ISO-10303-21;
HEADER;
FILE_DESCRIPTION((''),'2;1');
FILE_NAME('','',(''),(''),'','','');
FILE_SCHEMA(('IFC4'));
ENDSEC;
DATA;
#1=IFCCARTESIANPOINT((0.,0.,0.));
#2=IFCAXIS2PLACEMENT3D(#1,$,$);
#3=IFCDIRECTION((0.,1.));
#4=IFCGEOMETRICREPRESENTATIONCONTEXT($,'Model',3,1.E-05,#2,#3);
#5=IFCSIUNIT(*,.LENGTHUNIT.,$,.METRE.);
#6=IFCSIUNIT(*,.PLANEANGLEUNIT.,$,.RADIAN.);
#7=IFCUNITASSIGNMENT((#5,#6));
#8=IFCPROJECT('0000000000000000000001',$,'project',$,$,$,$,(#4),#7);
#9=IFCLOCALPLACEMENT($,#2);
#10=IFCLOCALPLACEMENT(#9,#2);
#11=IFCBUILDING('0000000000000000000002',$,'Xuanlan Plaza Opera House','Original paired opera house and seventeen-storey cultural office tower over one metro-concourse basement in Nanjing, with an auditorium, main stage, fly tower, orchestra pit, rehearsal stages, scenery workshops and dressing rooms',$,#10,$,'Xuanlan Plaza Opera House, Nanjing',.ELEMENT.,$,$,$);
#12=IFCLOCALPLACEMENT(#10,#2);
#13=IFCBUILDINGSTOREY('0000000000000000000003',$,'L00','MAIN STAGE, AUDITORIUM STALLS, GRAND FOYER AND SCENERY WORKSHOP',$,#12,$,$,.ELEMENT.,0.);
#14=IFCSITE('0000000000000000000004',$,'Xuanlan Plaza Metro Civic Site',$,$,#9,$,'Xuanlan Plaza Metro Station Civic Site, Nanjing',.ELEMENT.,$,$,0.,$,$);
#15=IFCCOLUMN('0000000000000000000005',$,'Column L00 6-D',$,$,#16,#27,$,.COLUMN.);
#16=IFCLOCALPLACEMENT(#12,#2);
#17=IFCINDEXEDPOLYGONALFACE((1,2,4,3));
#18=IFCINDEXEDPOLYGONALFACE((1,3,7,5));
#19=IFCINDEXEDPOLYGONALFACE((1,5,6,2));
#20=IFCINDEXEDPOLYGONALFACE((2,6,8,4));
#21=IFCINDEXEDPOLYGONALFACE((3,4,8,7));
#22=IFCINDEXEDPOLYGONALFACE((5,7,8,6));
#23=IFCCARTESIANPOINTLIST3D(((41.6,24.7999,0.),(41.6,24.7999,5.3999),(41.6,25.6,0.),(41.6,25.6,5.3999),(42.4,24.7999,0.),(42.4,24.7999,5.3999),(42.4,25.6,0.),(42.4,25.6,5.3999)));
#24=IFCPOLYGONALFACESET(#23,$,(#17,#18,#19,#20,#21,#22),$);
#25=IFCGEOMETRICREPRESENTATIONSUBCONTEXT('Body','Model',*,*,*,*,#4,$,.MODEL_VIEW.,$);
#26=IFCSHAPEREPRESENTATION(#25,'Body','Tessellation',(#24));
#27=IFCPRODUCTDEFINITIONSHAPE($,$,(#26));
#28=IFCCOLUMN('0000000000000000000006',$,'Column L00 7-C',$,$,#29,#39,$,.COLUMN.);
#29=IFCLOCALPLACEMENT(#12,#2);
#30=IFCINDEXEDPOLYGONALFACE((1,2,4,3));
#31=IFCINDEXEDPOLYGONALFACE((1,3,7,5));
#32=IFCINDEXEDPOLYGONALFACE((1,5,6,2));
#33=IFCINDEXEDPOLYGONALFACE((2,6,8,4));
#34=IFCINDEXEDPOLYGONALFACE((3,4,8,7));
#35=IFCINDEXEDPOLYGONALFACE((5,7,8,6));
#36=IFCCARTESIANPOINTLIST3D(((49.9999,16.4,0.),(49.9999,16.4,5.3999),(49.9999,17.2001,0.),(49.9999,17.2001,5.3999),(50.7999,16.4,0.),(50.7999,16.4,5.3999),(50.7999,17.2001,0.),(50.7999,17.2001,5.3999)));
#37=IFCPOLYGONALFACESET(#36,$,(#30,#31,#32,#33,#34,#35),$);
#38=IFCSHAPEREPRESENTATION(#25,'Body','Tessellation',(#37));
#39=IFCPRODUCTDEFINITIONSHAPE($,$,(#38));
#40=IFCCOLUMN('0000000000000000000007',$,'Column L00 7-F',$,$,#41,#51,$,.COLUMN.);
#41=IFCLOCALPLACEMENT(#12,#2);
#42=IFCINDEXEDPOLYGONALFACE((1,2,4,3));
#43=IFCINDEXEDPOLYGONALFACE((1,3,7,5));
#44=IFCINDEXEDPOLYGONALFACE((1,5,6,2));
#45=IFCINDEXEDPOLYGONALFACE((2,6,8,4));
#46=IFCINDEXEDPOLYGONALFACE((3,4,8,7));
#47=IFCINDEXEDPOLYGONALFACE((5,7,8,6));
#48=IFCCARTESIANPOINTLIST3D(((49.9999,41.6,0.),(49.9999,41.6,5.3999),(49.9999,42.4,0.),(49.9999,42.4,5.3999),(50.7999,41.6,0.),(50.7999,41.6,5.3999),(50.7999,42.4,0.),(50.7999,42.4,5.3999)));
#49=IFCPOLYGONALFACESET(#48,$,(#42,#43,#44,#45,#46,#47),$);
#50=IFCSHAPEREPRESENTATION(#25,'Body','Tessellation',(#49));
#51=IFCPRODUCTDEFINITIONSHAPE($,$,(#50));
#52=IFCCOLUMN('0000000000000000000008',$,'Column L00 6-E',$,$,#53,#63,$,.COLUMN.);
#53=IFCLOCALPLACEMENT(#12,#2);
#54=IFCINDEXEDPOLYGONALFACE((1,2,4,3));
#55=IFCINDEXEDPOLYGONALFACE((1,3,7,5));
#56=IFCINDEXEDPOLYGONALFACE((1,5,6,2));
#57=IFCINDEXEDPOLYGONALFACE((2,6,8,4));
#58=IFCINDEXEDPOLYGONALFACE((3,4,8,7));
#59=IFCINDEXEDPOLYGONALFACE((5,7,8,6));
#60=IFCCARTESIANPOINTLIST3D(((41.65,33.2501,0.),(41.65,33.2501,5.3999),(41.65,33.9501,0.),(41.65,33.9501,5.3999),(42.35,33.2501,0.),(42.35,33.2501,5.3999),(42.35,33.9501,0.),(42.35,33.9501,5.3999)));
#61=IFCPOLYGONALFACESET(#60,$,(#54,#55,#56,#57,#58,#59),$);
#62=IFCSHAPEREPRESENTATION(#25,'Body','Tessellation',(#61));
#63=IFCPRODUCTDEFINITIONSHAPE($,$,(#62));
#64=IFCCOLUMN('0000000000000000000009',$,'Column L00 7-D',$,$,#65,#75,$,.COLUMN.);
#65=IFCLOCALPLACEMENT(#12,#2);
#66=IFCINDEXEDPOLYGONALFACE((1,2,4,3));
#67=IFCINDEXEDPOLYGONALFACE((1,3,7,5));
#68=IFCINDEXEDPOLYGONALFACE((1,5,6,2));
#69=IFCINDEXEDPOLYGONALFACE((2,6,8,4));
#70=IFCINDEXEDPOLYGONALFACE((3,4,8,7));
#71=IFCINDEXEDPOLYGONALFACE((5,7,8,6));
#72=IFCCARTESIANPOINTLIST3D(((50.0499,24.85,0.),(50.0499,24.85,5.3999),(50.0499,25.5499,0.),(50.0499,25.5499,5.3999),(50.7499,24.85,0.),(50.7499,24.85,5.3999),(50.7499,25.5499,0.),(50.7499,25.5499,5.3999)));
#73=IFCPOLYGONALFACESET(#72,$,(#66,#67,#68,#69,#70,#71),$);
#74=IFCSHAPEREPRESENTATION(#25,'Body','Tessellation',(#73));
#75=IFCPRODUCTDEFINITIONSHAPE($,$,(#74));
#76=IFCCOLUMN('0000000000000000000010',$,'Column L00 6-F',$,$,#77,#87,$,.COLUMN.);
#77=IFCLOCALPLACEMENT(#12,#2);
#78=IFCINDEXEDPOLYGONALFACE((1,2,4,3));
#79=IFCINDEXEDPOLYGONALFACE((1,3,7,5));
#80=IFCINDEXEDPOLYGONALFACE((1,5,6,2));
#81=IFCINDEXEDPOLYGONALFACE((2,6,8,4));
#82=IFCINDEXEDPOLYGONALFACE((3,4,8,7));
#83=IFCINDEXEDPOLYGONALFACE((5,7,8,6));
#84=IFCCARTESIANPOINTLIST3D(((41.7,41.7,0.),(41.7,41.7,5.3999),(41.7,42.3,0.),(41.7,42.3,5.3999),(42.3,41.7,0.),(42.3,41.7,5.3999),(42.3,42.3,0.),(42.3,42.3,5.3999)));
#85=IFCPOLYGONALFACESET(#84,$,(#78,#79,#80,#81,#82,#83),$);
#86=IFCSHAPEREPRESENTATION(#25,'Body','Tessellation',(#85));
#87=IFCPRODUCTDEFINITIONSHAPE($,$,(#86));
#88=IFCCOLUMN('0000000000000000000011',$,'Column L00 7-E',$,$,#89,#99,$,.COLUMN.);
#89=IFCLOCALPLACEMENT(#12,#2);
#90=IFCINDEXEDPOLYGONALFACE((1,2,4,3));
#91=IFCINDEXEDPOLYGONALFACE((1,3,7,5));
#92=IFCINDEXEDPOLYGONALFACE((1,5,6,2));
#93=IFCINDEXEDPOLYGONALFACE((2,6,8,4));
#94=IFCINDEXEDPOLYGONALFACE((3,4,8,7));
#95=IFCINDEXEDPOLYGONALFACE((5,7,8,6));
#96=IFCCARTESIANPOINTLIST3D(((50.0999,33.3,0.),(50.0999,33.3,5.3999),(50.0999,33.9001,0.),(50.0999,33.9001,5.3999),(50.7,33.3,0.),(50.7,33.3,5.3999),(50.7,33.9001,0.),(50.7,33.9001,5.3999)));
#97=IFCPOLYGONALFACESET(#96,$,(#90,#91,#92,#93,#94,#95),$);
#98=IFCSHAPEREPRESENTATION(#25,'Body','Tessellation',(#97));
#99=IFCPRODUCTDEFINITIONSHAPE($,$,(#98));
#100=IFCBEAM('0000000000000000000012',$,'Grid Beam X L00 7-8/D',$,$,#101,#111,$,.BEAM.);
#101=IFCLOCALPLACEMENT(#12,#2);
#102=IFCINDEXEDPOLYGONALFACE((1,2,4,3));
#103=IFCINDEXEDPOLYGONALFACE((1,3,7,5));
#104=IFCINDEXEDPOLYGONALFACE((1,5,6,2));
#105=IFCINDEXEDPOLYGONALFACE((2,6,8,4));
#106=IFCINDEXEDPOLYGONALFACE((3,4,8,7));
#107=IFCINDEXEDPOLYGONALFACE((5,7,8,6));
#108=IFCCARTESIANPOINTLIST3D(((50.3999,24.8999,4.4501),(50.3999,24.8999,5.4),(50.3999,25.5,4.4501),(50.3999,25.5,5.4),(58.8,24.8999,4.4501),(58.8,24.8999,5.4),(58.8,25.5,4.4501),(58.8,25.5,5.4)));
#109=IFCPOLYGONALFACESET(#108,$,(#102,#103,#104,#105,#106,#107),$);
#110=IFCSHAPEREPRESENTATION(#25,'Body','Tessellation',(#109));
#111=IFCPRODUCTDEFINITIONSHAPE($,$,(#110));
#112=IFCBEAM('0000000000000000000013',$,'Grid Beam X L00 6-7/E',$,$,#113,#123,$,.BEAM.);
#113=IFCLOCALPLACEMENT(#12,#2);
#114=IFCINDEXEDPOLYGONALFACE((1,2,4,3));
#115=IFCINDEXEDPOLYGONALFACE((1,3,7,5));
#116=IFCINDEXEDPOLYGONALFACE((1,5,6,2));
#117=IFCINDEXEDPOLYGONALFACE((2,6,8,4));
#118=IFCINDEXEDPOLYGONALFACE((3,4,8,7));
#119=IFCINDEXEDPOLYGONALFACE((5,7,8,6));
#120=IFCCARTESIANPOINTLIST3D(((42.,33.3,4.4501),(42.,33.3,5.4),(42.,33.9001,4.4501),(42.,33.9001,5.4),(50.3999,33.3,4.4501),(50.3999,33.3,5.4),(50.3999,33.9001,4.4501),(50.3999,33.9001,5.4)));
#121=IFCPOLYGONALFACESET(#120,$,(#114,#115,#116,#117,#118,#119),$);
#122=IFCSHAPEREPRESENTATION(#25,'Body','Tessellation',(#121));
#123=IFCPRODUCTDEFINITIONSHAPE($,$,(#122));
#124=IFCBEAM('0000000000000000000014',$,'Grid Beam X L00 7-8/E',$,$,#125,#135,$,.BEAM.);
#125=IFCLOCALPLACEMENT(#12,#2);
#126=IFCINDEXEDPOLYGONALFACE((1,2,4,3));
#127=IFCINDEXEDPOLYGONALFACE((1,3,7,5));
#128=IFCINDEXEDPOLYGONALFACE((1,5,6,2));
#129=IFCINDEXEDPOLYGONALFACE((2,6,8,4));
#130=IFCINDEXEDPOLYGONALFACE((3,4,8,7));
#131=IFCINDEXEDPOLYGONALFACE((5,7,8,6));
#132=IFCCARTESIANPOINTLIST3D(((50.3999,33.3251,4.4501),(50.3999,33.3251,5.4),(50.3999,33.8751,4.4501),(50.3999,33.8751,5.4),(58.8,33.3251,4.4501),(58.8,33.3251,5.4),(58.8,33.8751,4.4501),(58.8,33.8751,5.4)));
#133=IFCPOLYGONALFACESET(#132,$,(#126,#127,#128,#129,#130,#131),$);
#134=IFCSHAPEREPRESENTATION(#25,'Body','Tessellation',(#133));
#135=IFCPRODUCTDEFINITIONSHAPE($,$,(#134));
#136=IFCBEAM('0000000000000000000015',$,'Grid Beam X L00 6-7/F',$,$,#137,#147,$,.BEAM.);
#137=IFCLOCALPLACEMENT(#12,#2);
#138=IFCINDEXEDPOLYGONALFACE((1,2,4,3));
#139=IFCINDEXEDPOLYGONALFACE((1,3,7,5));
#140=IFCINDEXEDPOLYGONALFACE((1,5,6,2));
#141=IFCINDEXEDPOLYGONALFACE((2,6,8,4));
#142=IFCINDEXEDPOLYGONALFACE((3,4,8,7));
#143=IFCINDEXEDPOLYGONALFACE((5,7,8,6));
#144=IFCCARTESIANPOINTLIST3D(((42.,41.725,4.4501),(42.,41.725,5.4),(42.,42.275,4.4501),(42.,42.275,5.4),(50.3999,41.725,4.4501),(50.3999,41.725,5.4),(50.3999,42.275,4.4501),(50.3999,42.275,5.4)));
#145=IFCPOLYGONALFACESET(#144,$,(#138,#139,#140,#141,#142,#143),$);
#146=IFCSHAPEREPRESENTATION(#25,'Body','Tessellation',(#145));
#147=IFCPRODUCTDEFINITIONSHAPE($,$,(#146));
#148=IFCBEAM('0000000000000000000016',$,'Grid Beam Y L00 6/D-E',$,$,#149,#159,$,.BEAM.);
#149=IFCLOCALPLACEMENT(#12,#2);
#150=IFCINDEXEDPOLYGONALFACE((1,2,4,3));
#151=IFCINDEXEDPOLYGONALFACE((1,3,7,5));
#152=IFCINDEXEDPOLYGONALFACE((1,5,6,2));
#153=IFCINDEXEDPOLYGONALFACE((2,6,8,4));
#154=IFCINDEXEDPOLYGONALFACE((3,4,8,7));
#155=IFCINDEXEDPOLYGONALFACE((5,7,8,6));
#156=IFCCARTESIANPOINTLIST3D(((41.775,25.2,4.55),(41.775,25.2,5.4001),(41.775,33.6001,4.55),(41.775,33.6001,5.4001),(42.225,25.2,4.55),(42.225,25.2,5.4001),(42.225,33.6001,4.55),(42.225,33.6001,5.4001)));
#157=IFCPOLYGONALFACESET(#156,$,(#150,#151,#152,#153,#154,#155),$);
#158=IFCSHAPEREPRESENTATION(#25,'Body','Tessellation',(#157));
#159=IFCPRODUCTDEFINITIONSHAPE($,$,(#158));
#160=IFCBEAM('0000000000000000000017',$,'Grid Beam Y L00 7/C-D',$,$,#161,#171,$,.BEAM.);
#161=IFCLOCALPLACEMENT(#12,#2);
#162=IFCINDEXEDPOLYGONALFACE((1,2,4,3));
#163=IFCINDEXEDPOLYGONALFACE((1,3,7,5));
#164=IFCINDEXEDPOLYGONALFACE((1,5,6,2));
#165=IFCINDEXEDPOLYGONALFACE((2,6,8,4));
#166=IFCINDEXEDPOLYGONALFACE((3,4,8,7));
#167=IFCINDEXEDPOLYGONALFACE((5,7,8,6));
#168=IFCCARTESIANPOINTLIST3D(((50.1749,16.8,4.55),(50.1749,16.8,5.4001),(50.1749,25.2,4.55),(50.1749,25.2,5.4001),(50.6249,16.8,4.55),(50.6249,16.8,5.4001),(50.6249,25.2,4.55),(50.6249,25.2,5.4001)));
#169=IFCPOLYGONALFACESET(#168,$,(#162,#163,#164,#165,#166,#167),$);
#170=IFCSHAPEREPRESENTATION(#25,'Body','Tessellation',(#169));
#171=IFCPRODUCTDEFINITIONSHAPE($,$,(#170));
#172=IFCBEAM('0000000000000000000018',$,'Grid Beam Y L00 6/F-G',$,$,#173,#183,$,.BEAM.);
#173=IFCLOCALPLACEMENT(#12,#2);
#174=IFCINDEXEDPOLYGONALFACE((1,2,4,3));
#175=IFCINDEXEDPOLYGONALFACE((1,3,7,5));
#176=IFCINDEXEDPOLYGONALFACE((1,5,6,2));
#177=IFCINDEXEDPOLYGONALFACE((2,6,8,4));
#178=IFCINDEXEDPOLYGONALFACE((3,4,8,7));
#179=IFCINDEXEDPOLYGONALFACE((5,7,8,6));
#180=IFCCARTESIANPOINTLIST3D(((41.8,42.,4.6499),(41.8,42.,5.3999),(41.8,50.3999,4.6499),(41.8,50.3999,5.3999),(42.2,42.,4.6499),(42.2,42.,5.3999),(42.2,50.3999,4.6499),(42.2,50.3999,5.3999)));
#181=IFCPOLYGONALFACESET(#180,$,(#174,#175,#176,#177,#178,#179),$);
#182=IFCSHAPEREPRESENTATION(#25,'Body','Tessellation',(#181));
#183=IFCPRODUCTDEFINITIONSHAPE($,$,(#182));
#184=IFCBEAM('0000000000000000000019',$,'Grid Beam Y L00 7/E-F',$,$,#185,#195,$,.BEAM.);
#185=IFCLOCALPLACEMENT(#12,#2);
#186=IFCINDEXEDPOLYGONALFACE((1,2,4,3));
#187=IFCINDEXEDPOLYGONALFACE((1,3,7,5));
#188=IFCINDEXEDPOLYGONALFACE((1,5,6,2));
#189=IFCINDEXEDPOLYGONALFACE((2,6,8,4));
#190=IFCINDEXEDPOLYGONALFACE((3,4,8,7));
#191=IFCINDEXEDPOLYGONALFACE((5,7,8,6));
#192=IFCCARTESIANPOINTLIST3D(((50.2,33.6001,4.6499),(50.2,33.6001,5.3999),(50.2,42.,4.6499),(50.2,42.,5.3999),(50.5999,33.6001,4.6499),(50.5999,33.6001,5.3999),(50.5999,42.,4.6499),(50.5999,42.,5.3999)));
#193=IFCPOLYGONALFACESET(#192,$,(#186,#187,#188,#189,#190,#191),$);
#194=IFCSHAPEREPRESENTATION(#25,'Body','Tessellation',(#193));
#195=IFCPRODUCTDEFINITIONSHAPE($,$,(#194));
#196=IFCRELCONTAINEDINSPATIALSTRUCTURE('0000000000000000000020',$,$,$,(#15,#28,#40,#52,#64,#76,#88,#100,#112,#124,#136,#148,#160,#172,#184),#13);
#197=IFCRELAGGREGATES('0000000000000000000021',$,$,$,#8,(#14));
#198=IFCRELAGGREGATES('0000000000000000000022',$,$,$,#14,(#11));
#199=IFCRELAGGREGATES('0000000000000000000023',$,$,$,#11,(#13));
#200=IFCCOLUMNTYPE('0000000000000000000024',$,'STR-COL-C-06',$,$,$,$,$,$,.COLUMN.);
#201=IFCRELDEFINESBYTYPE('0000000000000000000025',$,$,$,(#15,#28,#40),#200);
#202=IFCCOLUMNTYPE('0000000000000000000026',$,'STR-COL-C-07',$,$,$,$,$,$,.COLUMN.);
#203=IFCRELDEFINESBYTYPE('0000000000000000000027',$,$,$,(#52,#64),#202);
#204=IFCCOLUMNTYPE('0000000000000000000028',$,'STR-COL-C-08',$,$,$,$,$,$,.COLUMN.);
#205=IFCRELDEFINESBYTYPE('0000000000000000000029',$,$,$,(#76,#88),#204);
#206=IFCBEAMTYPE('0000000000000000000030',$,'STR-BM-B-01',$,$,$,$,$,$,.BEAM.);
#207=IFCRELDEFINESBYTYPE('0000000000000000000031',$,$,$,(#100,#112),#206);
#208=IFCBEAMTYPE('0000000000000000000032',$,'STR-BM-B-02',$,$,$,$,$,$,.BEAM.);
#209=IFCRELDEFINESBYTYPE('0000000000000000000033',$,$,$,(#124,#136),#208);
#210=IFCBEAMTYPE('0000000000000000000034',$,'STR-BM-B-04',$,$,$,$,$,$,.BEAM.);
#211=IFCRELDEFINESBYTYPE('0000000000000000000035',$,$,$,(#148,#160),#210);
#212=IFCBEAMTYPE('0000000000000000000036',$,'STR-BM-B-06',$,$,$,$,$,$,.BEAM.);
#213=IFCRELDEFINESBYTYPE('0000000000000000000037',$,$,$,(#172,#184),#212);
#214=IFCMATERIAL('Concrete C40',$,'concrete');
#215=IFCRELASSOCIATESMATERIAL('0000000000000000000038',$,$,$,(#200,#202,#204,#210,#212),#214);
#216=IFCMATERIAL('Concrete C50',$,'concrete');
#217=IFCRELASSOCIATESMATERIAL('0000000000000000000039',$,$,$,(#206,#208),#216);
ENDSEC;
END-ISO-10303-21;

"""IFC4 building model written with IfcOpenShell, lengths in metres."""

from ifc_helpers import new_model, si_unit, direction, frame, origin, origin_2d, place, context, subcontext, project, spatial, rectangle, extrude, material, material_profile, profile_set, type_object, element, save


model = new_model("IFC4")

# Units and contexts
model_context = context("Model", 3, precision=1e-05, world=origin(), true_north=direction((0.0, 1.0)))
body_context = subcontext(model_context, "Body", "Model", "MODEL_VIEW")
ifc_project = project(units=[si_unit("LENGTHUNIT", "METRE"), si_unit("PLANEANGLEUNIT", "RADIAN")], contexts=[model_context])

# Site, building, storey
site_placement = place(None, origin())
site = spatial("IfcSite", under=ifc_project, at=site_placement, Name="Xuanlan Plaza Metro Civic Site", LongName="Xuanlan Plaza Metro Station Civic Site, Nanjing", CompositionType="ELEMENT", RefElevation=0.0)
building_placement = place(site_placement, origin())
building = spatial("IfcBuilding", under=site, at=building_placement, Name="Xuanlan Plaza Opera House", Description="Original paired opera house and seventeen-storey cultural office tower over one metro-concourse basement in Nanjing, with an auditorium, main stage, fly tower, orchestra pit, rehearsal stages, scenery workshops and dressing rooms", LongName="Xuanlan Plaza Opera House, Nanjing", CompositionType="ELEMENT")
storey_placement = place(building_placement, origin())
storey = spatial("IfcBuildingStorey", under=building, at=storey_placement, Name="L00", Description="MAIN STAGE, AUDITORIUM STALLS, GRAND FOYER AND SCENERY WORKSHOP", CompositionType="ELEMENT", Elevation=0.0)

# Columns
ifc_material_1 = material(Name="Concrete C40", Category="concrete")
ifc_material_profile_1 = material_profile(ifc_material_1, rectangle(XDim=0.8, YDim=0.8, at=origin_2d()), Name="RC-COL 800x800")
ifc_profile_set_1 = profile_set([ifc_material_profile_1], Name="Concrete C40")
column_type_1 = type_object("IfcColumnType", Name="STR-COL-C-06", PredefinedType="COLUMN", material=ifc_profile_set_1)
for number, where, z_axis, x_axis, name in (
    (1, (42.0, 25.2, 0.0), (0.0, 0.0, 1.0), (1.0, 0.0, 0.0), "Column L00 6-D"),
    (2, (50.3999, 16.8, 0.0), (0.0, 0.0, 1.0), (1.0, 0.0, 0.0), "Column L00 7-C"),
    (3, (50.3999, 42.0, 0.0), (0.0, 0.0, 1.0), (1.0, 0.0, 0.0), "Column L00 7-F"),
):
    element("IfcColumn", number, at=place(storey_placement, frame(where, z_axis=z_axis, x_axis=x_axis)), inside=storey, type_object=column_type_1, Name=name, PredefinedType="COLUMN", context=body_context, shape_type="SweptSolid", body=[
        extrude(rectangle(XDim=0.8, YDim=0.8, at=origin_2d()), origin(), (0.0, 0.0, 1.0), 5.3999),
    ])
ifc_material_profile_2 = material_profile(ifc_material_1, rectangle(XDim=0.7, YDim=0.7, at=origin_2d()), Name="RC-COL 700x700")
ifc_profile_set_2 = profile_set([ifc_material_profile_2], Name="Concrete C40")
column_type_2 = type_object("IfcColumnType", Name="STR-COL-C-07", PredefinedType="COLUMN", material=ifc_profile_set_2)
for number, where, z_axis, x_axis, name in (
    (4, (42.0, 33.6001, 0.0), (0.0, 0.0, 1.0), (1.0, 0.0, 0.0), "Column L00 6-E"),
    (5, (50.3999, 25.2, 0.0), (0.0, 0.0, 1.0), (1.0, 0.0, 0.0), "Column L00 7-D"),
):
    element("IfcColumn", number, at=place(storey_placement, frame(where, z_axis=z_axis, x_axis=x_axis)), inside=storey, type_object=column_type_2, Name=name, PredefinedType="COLUMN", context=body_context, shape_type="SweptSolid", body=[
        extrude(rectangle(XDim=0.7, YDim=0.7, at=origin_2d()), origin(), (0.0, 0.0, 1.0), 5.3999),
    ])
ifc_material_profile_3 = material_profile(ifc_material_1, rectangle(XDim=0.6001, YDim=0.6001, at=origin_2d()), Name="RC-COL 600x600")
ifc_profile_set_3 = profile_set([ifc_material_profile_3], Name="Concrete C40")
column_type_3 = type_object("IfcColumnType", Name="STR-COL-C-08", PredefinedType="COLUMN", material=ifc_profile_set_3)
for number, where, z_axis, x_axis, name in (
    (6, (42.0, 42.0, 0.0), (0.0, 0.0, 1.0), (1.0, 0.0, 0.0), "Column L00 6-F"),
    (7, (50.3999, 33.6001, 0.0), (0.0, 0.0, 1.0), (1.0, 0.0, 0.0), "Column L00 7-E"),
):
    element("IfcColumn", number, at=place(storey_placement, frame(where, z_axis=z_axis, x_axis=x_axis)), inside=storey, type_object=column_type_3, Name=name, PredefinedType="COLUMN", context=body_context, shape_type="SweptSolid", body=[
        extrude(rectangle(XDim=0.6001, YDim=0.6001, at=origin_2d()), origin(), (0.0, 0.0, 1.0), 5.3999),
    ])

# Beams
ifc_material_2 = material(Name="Concrete C50", Category="concrete")
ifc_material_profile_4 = material_profile(ifc_material_2, rectangle(XDim=0.6001, YDim=0.95, at=origin_2d()), Name="RC-BM 600x950")
ifc_profile_set_4 = profile_set([ifc_material_profile_4], Name="Concrete C50")
beam_type_1 = type_object("IfcBeamType", Name="STR-BM-B-01", PredefinedType="BEAM", material=ifc_profile_set_4)
beam_1_placement = place(storey_placement, frame((50.3999, 25.2, 4.925), z_axis=(1.0, 0.0, 0.0), x_axis=(0.0, 1.0, 0.0)))
element("IfcBeam", 8, at=beam_1_placement, inside=storey, type_object=beam_type_1, Name="Grid Beam X L00 7-8/D", PredefinedType="BEAM", context=body_context, shape_type="SweptSolid", body=[
    extrude(rectangle(XDim=0.6001, YDim=0.95, at=origin_2d()), origin(), (0.0, 0.0, 1.0), 8.4001),
])
beam_2_placement = place(storey_placement, frame((42.0, 33.6001, 4.925), z_axis=(1.0, 0.0, 0.0), x_axis=(0.0, 1.0, 0.0)))
element("IfcBeam", 9, at=beam_2_placement, inside=storey, type_object=beam_type_1, Name="Grid Beam X L00 6-7/E", PredefinedType="BEAM", context=body_context, shape_type="SweptSolid", body=[
    extrude(rectangle(XDim=0.6001, YDim=0.95, at=origin_2d()), origin(), (0.0, 0.0, 1.0), 8.3999),
])
ifc_material_profile_5 = material_profile(ifc_material_2, rectangle(XDim=0.55, YDim=0.95, at=origin_2d()), Name="RC-BM 550x950")
ifc_profile_set_5 = profile_set([ifc_material_profile_5], Name="Concrete C50")
beam_type_2 = type_object("IfcBeamType", Name="STR-BM-B-02", PredefinedType="BEAM", material=ifc_profile_set_5)
beam_3_placement = place(storey_placement, frame((50.3999, 33.6001, 4.925), z_axis=(1.0, 0.0, 0.0), x_axis=(0.0, 1.0, 0.0)))
element("IfcBeam", 10, at=beam_3_placement, inside=storey, type_object=beam_type_2, Name="Grid Beam X L00 7-8/E", PredefinedType="BEAM", context=body_context, shape_type="SweptSolid", body=[
    extrude(rectangle(XDim=0.55, YDim=0.95, at=origin_2d()), origin(), (0.0, 0.0, 1.0), 8.4001),
])
beam_4_placement = place(storey_placement, frame((42.0, 42.0, 4.925), z_axis=(1.0, 0.0, 0.0), x_axis=(0.0, 1.0, 0.0)))
element("IfcBeam", 11, at=beam_4_placement, inside=storey, type_object=beam_type_2, Name="Grid Beam X L00 6-7/F", PredefinedType="BEAM", context=body_context, shape_type="SweptSolid", body=[
    extrude(rectangle(XDim=0.55, YDim=0.95, at=origin_2d()), origin(), (0.0, 0.0, 1.0), 8.3999),
])
ifc_material_profile_6 = material_profile(ifc_material_1, rectangle(XDim=0.45, YDim=0.8501, at=origin_2d()), Name="RC-BM 450x850")
ifc_profile_set_6 = profile_set([ifc_material_profile_6], Name="Concrete C40")
beam_type_3 = type_object("IfcBeamType", Name="STR-BM-B-04", PredefinedType="BEAM", material=ifc_profile_set_6)
beam_5_placement = place(storey_placement, frame((42.0, 25.2, 4.9751), z_axis=(0.0, 1.0, 0.0), x_axis=(-1.0, 0.0, 0.0)))
element("IfcBeam", 12, at=beam_5_placement, inside=storey, type_object=beam_type_3, Name="Grid Beam Y L00 6/D-E", PredefinedType="BEAM", context=body_context, shape_type="SweptSolid", body=[
    extrude(rectangle(XDim=0.45, YDim=0.8501, at=origin_2d()), origin(), (0.0, 0.0, 1.0), 8.4001),
])
beam_6_placement = place(storey_placement, frame((50.3999, 16.8, 4.9751), z_axis=(0.0, 1.0, 0.0), x_axis=(-1.0, 0.0, 0.0)))
element("IfcBeam", 13, at=beam_6_placement, inside=storey, type_object=beam_type_3, Name="Grid Beam Y L00 7/C-D", PredefinedType="BEAM", context=body_context, shape_type="SweptSolid", body=[
    extrude(rectangle(XDim=0.45, YDim=0.8501, at=origin_2d()), origin(), (0.0, 0.0, 1.0), 8.3999),
])
ifc_material_profile_7 = material_profile(ifc_material_1, rectangle(XDim=0.3999, YDim=0.75, at=origin_2d()), Name="RC-BM 400x750")
ifc_profile_set_7 = profile_set([ifc_material_profile_7], Name="Concrete C40")
beam_type_4 = type_object("IfcBeamType", Name="STR-BM-B-06", PredefinedType="BEAM", material=ifc_profile_set_7)
for number, where, z_axis, x_axis, name in (
    (14, (42.0, 42.0, 5.0249), (0.0, 1.0, 0.0), (-1.0, 0.0, 0.0), "Grid Beam Y L00 6/F-G"),
    (15, (50.3999, 33.6001, 5.0249), (0.0, 1.0, 0.0), (-1.0, 0.0, 0.0), "Grid Beam Y L00 7/E-F"),
):
    element("IfcBeam", number, at=place(storey_placement, frame(where, z_axis=z_axis, x_axis=x_axis)), inside=storey, type_object=beam_type_4, Name=name, PredefinedType="BEAM", context=body_context, shape_type="SweptSolid", body=[
        extrude(rectangle(XDim=0.3999, YDim=0.75, at=origin_2d()), origin(), (0.0, 0.0, 1.0), 8.3999),
    ])

save(model, "model.ifc")
